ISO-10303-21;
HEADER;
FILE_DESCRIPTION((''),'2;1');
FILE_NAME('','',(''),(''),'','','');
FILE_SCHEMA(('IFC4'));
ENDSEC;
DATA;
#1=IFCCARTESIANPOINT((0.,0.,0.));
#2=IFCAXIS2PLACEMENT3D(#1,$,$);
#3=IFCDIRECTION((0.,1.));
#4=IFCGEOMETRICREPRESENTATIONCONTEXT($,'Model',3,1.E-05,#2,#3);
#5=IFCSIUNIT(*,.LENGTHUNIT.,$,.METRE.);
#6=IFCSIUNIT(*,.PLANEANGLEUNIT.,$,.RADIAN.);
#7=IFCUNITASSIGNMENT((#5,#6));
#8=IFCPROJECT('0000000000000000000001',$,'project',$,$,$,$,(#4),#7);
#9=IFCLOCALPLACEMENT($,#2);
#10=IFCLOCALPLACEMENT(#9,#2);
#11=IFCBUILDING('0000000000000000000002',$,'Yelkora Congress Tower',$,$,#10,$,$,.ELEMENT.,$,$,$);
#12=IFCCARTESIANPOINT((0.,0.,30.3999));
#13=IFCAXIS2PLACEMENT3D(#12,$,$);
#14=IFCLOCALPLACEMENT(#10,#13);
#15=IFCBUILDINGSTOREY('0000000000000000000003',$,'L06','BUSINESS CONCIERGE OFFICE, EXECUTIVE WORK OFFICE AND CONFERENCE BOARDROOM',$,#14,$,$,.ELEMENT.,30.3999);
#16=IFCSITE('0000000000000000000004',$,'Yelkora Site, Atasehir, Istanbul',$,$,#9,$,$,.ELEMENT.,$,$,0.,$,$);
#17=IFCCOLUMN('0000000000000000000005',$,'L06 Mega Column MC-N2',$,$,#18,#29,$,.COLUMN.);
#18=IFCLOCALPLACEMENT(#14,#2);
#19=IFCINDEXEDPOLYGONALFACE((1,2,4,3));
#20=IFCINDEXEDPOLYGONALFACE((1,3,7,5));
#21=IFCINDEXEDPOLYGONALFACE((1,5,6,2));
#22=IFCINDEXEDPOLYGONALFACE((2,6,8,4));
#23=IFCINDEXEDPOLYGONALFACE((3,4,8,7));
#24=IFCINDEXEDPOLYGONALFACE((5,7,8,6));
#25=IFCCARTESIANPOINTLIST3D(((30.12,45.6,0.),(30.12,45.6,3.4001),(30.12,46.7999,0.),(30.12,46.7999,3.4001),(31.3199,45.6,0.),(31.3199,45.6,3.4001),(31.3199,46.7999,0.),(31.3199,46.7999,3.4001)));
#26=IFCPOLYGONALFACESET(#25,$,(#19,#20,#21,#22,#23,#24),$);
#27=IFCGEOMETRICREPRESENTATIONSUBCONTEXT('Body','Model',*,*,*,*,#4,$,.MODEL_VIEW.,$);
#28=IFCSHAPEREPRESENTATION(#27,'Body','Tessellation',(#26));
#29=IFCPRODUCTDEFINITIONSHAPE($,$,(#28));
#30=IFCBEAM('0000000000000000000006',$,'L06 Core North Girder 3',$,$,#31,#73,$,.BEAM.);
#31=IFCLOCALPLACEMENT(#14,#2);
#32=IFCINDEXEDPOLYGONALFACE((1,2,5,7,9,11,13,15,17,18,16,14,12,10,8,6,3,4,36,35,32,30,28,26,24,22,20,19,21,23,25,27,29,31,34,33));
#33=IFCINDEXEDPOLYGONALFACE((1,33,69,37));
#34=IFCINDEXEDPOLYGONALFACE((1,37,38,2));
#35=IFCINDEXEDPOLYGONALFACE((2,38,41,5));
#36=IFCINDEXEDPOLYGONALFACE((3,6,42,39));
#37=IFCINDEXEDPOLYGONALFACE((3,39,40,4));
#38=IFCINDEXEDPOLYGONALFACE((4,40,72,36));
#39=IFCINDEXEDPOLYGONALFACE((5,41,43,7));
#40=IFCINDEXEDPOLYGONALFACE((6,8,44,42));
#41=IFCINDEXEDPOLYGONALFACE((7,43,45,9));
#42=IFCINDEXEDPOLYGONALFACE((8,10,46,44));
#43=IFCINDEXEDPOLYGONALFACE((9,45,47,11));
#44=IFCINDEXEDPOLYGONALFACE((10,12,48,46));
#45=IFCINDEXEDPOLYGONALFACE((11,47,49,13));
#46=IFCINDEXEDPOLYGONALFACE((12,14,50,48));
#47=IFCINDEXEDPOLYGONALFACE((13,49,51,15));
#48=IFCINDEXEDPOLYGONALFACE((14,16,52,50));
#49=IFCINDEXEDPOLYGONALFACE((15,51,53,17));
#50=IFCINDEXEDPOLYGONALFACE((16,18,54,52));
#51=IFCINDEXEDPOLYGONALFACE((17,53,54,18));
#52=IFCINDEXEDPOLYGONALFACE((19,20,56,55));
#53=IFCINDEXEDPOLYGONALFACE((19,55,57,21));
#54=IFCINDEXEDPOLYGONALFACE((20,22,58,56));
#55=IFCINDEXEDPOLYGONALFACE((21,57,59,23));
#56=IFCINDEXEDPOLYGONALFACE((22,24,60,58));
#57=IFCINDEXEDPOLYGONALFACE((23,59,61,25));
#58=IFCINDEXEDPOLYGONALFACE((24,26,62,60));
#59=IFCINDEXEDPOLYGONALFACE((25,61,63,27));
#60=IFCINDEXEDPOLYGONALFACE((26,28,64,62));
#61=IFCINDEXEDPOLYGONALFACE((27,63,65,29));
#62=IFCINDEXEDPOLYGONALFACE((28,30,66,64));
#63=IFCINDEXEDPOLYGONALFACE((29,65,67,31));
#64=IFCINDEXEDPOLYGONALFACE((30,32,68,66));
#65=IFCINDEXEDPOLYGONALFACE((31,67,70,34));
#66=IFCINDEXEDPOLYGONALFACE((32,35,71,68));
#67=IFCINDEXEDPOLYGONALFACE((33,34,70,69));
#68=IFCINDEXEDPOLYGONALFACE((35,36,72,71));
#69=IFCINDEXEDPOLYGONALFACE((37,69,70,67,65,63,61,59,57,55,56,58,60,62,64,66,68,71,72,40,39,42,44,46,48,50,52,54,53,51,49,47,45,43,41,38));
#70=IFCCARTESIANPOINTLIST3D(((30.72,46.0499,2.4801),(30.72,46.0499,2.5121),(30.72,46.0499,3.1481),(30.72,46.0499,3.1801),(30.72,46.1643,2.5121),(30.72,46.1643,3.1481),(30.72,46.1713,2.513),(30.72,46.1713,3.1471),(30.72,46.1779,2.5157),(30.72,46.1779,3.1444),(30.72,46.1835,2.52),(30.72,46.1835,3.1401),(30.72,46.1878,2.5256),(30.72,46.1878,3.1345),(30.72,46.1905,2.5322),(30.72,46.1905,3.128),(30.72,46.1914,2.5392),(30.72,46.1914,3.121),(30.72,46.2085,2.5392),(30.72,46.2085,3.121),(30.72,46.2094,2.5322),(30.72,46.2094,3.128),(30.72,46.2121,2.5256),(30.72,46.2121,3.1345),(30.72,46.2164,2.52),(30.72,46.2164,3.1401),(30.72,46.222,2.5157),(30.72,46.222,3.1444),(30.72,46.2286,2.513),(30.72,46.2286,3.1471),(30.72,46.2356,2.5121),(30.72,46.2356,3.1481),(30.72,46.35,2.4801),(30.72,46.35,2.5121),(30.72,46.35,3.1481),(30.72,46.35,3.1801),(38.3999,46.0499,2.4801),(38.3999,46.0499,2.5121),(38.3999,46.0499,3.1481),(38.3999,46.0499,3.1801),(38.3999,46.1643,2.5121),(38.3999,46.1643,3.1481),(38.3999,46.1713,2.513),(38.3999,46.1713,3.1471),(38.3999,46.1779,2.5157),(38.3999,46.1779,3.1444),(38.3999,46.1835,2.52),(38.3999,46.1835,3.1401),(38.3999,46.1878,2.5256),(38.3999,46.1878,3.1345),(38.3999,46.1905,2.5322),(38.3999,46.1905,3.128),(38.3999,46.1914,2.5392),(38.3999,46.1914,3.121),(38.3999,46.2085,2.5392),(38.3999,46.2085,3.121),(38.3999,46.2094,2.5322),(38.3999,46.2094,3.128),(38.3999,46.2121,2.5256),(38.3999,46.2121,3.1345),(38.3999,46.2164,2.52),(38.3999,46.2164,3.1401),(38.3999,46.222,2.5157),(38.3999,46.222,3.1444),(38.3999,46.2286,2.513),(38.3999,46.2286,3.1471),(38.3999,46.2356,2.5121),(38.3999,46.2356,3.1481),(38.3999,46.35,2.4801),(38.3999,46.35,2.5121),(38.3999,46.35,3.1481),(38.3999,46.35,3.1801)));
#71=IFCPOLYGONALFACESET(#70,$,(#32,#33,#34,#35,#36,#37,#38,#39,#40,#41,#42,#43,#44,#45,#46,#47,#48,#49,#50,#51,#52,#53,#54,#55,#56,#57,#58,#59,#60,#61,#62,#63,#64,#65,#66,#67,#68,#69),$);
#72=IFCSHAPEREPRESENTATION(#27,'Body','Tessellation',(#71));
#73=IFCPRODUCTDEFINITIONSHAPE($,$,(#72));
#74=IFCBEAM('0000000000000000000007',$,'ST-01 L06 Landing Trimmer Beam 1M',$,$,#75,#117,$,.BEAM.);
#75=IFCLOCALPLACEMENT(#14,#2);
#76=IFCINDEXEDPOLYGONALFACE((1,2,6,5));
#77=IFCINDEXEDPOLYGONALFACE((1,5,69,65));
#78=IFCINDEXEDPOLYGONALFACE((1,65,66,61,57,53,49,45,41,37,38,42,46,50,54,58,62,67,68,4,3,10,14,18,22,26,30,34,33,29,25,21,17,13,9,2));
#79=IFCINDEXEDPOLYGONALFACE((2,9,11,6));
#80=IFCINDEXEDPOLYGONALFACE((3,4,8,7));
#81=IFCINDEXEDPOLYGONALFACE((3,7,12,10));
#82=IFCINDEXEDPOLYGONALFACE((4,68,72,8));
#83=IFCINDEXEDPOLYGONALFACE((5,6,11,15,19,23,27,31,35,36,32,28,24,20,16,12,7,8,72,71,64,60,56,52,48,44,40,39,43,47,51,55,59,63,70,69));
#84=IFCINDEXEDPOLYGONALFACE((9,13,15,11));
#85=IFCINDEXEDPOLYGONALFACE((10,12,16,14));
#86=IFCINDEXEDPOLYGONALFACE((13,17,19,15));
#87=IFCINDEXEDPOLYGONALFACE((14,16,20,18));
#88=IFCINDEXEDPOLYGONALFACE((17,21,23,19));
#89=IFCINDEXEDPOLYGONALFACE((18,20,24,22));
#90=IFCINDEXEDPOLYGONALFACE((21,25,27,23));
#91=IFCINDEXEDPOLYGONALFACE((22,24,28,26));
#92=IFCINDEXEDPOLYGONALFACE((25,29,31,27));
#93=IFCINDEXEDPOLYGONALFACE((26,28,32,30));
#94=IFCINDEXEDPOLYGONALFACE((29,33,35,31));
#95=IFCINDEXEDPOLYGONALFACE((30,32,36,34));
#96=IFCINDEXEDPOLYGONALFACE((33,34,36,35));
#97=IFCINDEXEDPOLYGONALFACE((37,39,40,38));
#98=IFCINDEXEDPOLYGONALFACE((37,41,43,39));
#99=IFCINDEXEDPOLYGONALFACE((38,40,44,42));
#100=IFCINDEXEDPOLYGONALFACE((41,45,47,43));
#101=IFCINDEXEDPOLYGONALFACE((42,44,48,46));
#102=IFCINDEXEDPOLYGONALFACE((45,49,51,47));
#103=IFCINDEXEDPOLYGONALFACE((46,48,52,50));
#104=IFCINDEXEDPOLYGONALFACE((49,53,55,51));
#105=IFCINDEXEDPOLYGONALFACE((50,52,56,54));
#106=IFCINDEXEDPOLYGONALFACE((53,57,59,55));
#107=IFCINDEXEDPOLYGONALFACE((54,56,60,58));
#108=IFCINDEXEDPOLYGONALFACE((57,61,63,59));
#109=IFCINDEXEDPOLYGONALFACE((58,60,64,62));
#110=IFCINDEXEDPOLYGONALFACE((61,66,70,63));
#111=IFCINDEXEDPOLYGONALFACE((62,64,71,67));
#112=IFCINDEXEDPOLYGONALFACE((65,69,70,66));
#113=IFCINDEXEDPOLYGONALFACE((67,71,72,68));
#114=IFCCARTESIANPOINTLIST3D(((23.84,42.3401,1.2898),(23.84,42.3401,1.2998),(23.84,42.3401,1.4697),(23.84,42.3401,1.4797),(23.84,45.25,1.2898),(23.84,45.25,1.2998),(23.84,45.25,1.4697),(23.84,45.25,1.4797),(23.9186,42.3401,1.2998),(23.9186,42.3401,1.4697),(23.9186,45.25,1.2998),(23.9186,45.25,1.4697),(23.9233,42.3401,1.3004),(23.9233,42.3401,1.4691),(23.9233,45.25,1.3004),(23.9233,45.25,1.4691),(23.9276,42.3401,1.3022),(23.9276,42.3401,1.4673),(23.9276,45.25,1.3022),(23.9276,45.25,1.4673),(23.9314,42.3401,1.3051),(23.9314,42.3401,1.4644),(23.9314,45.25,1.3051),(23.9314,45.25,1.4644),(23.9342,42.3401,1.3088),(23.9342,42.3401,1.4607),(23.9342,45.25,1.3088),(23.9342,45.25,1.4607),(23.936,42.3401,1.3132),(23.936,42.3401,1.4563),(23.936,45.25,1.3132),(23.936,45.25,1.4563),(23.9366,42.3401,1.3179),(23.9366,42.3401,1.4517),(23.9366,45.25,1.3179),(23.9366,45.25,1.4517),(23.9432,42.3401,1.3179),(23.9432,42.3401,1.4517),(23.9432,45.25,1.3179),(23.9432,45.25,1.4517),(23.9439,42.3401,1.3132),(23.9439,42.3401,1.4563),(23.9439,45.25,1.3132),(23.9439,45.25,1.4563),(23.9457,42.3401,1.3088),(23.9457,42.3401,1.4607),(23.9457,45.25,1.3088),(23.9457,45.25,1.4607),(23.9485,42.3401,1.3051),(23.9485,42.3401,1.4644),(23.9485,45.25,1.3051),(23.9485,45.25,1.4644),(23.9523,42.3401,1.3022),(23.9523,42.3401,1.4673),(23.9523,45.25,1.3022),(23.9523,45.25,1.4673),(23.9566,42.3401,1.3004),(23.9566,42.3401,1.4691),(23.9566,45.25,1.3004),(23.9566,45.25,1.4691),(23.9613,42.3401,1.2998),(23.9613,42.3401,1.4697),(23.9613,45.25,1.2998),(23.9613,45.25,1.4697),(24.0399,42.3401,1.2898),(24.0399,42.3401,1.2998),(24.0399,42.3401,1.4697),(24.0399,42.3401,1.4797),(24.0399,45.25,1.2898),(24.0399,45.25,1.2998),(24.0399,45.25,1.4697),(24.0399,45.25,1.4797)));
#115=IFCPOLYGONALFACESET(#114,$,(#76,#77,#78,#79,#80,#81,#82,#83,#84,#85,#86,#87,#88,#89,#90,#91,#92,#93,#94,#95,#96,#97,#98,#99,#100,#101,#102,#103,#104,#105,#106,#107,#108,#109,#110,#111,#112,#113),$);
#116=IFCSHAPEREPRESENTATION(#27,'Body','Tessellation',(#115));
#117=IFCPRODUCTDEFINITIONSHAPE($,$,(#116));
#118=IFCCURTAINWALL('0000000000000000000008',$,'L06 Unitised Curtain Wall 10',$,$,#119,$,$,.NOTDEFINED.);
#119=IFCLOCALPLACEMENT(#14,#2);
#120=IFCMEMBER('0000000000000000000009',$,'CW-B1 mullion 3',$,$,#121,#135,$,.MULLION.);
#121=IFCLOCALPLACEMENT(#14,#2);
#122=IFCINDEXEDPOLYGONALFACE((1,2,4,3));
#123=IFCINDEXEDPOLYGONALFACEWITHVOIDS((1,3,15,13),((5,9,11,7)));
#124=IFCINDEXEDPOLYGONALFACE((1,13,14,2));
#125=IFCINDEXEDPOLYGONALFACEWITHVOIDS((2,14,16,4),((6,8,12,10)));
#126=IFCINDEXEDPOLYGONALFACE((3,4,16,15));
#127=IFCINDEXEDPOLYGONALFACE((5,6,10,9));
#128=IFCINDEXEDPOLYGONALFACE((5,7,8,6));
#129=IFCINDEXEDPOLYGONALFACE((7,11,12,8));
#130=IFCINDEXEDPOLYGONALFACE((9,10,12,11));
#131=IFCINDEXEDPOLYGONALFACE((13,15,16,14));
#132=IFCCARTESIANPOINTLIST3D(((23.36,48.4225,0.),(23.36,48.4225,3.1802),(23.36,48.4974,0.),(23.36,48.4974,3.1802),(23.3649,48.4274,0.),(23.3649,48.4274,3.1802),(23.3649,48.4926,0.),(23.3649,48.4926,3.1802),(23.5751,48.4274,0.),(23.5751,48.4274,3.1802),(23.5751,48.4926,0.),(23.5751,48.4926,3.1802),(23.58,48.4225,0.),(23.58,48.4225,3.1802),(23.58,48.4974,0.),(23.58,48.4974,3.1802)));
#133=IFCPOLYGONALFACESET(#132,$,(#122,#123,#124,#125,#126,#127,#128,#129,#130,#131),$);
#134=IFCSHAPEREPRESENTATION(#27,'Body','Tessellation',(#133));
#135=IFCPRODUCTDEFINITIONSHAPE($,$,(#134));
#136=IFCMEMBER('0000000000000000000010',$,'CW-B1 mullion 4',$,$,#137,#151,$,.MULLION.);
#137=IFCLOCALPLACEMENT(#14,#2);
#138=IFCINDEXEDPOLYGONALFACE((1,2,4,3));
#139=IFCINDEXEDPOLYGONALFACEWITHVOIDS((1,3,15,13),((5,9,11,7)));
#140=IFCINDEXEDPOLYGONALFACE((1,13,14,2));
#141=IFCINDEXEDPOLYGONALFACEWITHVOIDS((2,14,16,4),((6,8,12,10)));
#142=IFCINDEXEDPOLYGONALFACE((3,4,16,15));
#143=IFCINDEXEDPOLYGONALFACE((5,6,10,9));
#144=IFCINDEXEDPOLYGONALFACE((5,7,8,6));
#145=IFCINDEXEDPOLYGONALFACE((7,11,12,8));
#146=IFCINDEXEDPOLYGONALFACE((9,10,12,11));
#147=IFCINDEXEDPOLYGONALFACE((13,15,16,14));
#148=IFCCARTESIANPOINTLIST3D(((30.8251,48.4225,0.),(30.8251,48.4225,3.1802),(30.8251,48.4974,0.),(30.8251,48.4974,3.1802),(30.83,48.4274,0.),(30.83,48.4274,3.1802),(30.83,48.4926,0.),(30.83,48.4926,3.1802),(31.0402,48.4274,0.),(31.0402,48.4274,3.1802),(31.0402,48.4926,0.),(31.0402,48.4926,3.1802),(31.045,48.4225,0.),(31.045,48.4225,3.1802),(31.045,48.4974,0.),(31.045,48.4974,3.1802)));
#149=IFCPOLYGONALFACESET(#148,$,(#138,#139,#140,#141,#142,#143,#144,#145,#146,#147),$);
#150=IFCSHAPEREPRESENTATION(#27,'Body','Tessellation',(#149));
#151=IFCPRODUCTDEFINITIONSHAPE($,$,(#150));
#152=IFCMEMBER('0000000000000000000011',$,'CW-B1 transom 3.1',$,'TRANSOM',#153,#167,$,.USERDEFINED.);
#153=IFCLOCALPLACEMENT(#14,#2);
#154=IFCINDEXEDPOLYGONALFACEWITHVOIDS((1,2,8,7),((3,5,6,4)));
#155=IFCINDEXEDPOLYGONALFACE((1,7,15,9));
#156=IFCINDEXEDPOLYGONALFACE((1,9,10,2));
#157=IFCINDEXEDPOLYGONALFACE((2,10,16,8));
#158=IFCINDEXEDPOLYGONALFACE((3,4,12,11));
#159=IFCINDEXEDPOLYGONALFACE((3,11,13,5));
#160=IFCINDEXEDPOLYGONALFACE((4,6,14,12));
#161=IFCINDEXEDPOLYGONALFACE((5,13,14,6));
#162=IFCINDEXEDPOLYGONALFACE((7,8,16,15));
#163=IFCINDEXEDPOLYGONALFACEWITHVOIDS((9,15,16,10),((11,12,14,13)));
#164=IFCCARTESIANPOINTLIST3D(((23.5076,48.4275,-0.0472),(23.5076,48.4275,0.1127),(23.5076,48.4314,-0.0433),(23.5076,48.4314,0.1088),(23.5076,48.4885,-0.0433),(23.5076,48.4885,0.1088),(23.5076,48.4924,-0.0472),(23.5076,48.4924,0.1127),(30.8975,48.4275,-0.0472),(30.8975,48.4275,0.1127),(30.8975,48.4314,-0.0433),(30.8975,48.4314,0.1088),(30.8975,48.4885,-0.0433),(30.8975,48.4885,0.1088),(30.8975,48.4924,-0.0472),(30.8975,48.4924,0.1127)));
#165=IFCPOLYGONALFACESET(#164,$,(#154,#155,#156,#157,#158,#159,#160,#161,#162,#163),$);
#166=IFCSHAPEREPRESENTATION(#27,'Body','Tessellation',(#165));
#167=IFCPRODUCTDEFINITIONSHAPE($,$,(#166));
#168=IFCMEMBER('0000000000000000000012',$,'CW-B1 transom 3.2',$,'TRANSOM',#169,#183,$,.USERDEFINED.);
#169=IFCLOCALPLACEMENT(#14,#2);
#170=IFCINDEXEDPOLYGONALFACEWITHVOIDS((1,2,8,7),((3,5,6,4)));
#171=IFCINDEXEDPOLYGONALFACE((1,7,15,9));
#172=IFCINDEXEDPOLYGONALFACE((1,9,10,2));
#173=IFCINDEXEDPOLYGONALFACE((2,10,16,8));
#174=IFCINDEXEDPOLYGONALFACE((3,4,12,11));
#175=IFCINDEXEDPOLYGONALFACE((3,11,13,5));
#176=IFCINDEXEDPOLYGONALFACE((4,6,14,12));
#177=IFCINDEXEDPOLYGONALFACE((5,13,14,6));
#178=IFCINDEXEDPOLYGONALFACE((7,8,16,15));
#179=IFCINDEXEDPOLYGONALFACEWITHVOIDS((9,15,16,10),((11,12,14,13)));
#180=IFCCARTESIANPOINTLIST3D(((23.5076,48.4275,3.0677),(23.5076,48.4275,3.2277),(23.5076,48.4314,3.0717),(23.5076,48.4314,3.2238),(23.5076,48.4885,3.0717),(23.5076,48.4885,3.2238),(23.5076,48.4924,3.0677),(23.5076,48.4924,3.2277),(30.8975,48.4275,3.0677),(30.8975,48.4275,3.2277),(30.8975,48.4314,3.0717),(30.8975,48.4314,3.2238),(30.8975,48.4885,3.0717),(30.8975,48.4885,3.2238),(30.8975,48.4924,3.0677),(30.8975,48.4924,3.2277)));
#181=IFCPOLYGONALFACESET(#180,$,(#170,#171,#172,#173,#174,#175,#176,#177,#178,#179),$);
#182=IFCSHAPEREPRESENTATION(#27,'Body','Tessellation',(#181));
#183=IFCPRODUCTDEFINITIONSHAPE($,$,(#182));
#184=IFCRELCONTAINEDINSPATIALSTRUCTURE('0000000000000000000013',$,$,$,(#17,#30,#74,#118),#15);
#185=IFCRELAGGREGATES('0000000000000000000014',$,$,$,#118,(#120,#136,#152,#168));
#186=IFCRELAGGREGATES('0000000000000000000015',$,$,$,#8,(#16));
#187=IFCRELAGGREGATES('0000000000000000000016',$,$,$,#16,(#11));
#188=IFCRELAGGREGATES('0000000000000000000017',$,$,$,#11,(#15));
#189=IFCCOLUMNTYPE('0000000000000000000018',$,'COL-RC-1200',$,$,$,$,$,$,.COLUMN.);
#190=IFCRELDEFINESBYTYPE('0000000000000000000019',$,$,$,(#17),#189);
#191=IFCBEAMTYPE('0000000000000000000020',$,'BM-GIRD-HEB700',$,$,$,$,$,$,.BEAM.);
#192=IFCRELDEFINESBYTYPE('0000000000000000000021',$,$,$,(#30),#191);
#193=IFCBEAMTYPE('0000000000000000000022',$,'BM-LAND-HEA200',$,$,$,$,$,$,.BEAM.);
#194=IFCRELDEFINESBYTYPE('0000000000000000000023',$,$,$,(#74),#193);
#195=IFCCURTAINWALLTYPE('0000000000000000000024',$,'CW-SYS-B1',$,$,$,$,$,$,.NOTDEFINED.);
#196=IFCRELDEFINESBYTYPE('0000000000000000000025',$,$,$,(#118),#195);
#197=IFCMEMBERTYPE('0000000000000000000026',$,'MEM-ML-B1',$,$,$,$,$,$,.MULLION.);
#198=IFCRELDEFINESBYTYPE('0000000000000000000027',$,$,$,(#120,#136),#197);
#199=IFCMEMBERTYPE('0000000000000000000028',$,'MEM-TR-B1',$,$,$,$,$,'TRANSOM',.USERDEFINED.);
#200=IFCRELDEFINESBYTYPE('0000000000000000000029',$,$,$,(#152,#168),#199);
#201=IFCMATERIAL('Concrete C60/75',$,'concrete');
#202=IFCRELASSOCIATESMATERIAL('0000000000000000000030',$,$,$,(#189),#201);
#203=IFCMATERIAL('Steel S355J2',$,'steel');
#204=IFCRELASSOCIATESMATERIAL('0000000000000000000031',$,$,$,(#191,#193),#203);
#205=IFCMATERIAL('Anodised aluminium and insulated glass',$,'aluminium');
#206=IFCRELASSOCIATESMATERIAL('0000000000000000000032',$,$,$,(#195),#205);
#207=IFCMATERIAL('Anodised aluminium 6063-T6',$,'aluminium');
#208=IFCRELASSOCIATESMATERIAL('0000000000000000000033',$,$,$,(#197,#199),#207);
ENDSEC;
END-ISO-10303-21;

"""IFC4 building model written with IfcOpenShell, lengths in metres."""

from ifc_helpers import new_model, si_unit, direction, frame, origin, origin_2d, place, context, subcontext, project, spatial, rectangle, hollow_rectangle, i_section, extrude, material, material_profile, profile_set, type_object, element, aggregate, save


model = new_model("IFC4")

# Units and contexts
model_context = context("Model", 3, precision=1e-05, world=origin(), true_north=direction((0.0, 1.0)))
body_context = subcontext(model_context, "Body", "Model", "MODEL_VIEW")
ifc_project = project(units=[si_unit("LENGTHUNIT", "METRE"), si_unit("PLANEANGLEUNIT", "RADIAN")], contexts=[model_context])

# Site, building, storey
site_placement = place(None, origin())
site = spatial("IfcSite", under=ifc_project, at=site_placement, Name="Yelkora Site, Atasehir, Istanbul", CompositionType="ELEMENT", RefElevation=0.0)
building_placement = place(site_placement, origin())
building = spatial("IfcBuilding", under=site, at=building_placement, Name="Yelkora Congress Tower", CompositionType="ELEMENT")
storey_placement = place(building_placement, frame((0.0, 0.0, 30.3999)))
storey = spatial("IfcBuildingStorey", under=building, at=storey_placement, Name="L06", Description="BUSINESS CONCIERGE OFFICE, EXECUTIVE WORK OFFICE AND CONFERENCE BOARDROOM", CompositionType="ELEMENT", Elevation=30.3999)

# Column
ifc_material_1 = material(Name="Concrete C60/75", Category="concrete")
ifc_material_profile_1 = material_profile(ifc_material_1, rectangle(XDim=1.2, YDim=1.2, at=origin_2d()), Name="RC 1200x1200")
ifc_profile_set_1 = profile_set([ifc_material_profile_1], Name="Concrete C60/75")
column_type = type_object("IfcColumnType", Name="COL-RC-1200", PredefinedType="COLUMN", material=ifc_profile_set_1)
column_placement = place(storey_placement, frame((30.72, 46.2, 0.0), z_axis=(0.0, 0.0, 1.0), x_axis=(1.0, 0.0, 0.0)))
element("IfcColumn", 1, at=column_placement, inside=storey, type_object=column_type, Name="L06 Mega Column MC-N2", PredefinedType="COLUMN", context=body_context, shape_type="SweptSolid", body=[
    extrude(rectangle(XDim=1.2, YDim=1.2, at=origin_2d()), origin(), (0.0, 0.0, 1.0), 3.4001),
])

# Beams
ifc_material_2 = material(Name="Steel S355J2", Category="steel")
ifc_material_profile_2 = material_profile(ifc_material_2, i_section(OverallWidth=0.3, OverallDepth=0.7, WebThickness=0.0171, FlangeThickness=0.032, FilletRadius=0.0271, at=origin_2d()), Name="HEB 700")
ifc_profile_set_2 = profile_set([ifc_material_profile_2], Name="Steel S355J2")
beam_type_1 = type_object("IfcBeamType", Name="BM-GIRD-HEB700", PredefinedType="BEAM", material=ifc_profile_set_2)
beam_1_placement = place(storey_placement, frame((30.72, 46.2, 2.8301), z_axis=(1.0, 0.0, 0.0), x_axis=(0.0, 1.0, 0.0)))
element("IfcBeam", 2, at=beam_1_placement, inside=storey, type_object=beam_type_1, Name="L06 Core North Girder 3", PredefinedType="BEAM", context=body_context, shape_type="SweptSolid", body=[
    extrude(i_section(OverallWidth=0.3, OverallDepth=0.7, WebThickness=0.0171, FlangeThickness=0.032, FilletRadius=0.0271, at=origin_2d()), origin(), (0.0, 0.0, 1.0), 7.6799),
])
ifc_material_profile_3 = material_profile(ifc_material_2, i_section(OverallWidth=0.2, OverallDepth=0.1899, WebThickness=0.0066, FlangeThickness=0.01, FilletRadius=0.0181, at=origin_2d()), Name="HEA 200")
ifc_profile_set_3 = profile_set([ifc_material_profile_3], Name="Steel S355J2")
beam_type_2 = type_object("IfcBeamType", Name="BM-LAND-HEA200", PredefinedType="BEAM", material=ifc_profile_set_3)
beam_2_placement = place(storey_placement, frame((23.9399, 42.3401, 1.3848), z_axis=(0.0, 1.0, 0.0), x_axis=(-1.0, 0.0, 0.0)))
element("IfcBeam", 3, at=beam_2_placement, inside=storey, type_object=beam_type_2, Name="ST-01 L06 Landing Trimmer Beam 1M", PredefinedType="BEAM", context=body_context, shape_type="SweptSolid", body=[
    extrude(i_section(OverallWidth=0.2, OverallDepth=0.1899, WebThickness=0.0066, FlangeThickness=0.01, FilletRadius=0.0181, at=origin_2d()), origin(), (0.0, 0.0, 1.0), 2.9099),
])

# Curtain wall, members
ifc_material_3 = material(Name="Anodised aluminium and insulated glass", Category="aluminium")
curtain_wall_type = type_object("IfcCurtainWallType", Name="CW-SYS-B1", PredefinedType="NOTDEFINED", material=ifc_material_3)
curtain_wall_placement = place(storey_placement, origin())
curtain_wall = element("IfcCurtainWall", 4, at=curtain_wall_placement, inside=storey, type_object=curtain_wall_type, Name="L06 Unitised Curtain Wall 10", PredefinedType="NOTDEFINED")
ifc_material_4 = material(Name="Anodised aluminium 6063-T6", Category="aluminium")
ifc_material_profile_4 = material_profile(ifc_material_4, hollow_rectangle(XDim=0.075, YDim=0.22, WallThickness=0.0049, at=origin_2d()), Name="ALU 75x220x5")
ifc_profile_set_4 = profile_set([ifc_material_profile_4], Name="Anodised aluminium 6063-T6")
member_type_1 = type_object("IfcMemberType", Name="MEM-ML-B1", PredefinedType="MULLION", material=ifc_profile_set_4)
member_1_placement = place(storey_placement, frame((23.47, 48.46, 0.0), z_axis=(0.0, 0.0, 1.0), x_axis=(0.0, 1.0, 0.0)))
member_1 = element("IfcMember", 5, at=member_1_placement, type_object=member_type_1, Name="CW-B1 mullion 3", PredefinedType="MULLION", context=body_context, shape_type="SweptSolid", body=[
    extrude(hollow_rectangle(XDim=0.075, YDim=0.22, WallThickness=0.0049, at=origin_2d()), origin(), (0.0, 0.0, 1.0), 3.1802),
])
member_2_placement = place(storey_placement, frame((30.9351, 48.46, 0.0), z_axis=(0.0, 0.0, 1.0), x_axis=(0.0, 1.0, 0.0)))
member_2 = element("IfcMember", 6, at=member_2_placement, type_object=member_type_1, Name="CW-B1 mullion 4", PredefinedType="MULLION", context=body_context, shape_type="SweptSolid", body=[
    extrude(hollow_rectangle(XDim=0.075, YDim=0.22, WallThickness=0.0049, at=origin_2d()), origin(), (0.0, 0.0, 1.0), 3.1802),
])
ifc_material_profile_5 = material_profile(ifc_material_4, hollow_rectangle(XDim=0.0649, YDim=0.1599, WallThickness=0.0039, at=origin_2d()), Name="ALU 65x160x4")
ifc_profile_set_5 = profile_set([ifc_material_profile_5], Name="Anodised aluminium 6063-T6")
member_type_2 = type_object("IfcMemberType", Name="MEM-TR-B1", ElementType="TRANSOM", PredefinedType="USERDEFINED", material=ifc_profile_set_5)
member_3_placement = place(storey_placement, frame((23.5076, 48.46, 0.0327), z_axis=(1.0, 0.0, 0.0), x_axis=(0.0, 1.0, 0.0)))
member_3 = element("IfcMember", 7, at=member_3_placement, type_object=member_type_2, Name="CW-B1 transom 3.1", ObjectType="TRANSOM", PredefinedType="USERDEFINED", context=body_context, shape_type="SweptSolid", body=[
    extrude(hollow_rectangle(XDim=0.0649, YDim=0.1599, WallThickness=0.0039, at=origin_2d()), origin(), (0.0, 0.0, 1.0), 7.3899),
])
member_4_placement = place(storey_placement, frame((23.5076, 48.46, 3.1477), z_axis=(1.0, 0.0, 0.0), x_axis=(0.0, 1.0, 0.0)))
member_4 = element("IfcMember", 8, at=member_4_placement, type_object=member_type_2, Name="CW-B1 transom 3.2", ObjectType="TRANSOM", PredefinedType="USERDEFINED", context=body_context, shape_type="SweptSolid", body=[
    extrude(hollow_rectangle(XDim=0.0649, YDim=0.1599, WallThickness=0.0039, at=origin_2d()), origin(), (0.0, 0.0, 1.0), 7.3899),
])
aggregate(curtain_wall, [member_1, member_2, member_3, member_4])

save(model, "model.ifc")
